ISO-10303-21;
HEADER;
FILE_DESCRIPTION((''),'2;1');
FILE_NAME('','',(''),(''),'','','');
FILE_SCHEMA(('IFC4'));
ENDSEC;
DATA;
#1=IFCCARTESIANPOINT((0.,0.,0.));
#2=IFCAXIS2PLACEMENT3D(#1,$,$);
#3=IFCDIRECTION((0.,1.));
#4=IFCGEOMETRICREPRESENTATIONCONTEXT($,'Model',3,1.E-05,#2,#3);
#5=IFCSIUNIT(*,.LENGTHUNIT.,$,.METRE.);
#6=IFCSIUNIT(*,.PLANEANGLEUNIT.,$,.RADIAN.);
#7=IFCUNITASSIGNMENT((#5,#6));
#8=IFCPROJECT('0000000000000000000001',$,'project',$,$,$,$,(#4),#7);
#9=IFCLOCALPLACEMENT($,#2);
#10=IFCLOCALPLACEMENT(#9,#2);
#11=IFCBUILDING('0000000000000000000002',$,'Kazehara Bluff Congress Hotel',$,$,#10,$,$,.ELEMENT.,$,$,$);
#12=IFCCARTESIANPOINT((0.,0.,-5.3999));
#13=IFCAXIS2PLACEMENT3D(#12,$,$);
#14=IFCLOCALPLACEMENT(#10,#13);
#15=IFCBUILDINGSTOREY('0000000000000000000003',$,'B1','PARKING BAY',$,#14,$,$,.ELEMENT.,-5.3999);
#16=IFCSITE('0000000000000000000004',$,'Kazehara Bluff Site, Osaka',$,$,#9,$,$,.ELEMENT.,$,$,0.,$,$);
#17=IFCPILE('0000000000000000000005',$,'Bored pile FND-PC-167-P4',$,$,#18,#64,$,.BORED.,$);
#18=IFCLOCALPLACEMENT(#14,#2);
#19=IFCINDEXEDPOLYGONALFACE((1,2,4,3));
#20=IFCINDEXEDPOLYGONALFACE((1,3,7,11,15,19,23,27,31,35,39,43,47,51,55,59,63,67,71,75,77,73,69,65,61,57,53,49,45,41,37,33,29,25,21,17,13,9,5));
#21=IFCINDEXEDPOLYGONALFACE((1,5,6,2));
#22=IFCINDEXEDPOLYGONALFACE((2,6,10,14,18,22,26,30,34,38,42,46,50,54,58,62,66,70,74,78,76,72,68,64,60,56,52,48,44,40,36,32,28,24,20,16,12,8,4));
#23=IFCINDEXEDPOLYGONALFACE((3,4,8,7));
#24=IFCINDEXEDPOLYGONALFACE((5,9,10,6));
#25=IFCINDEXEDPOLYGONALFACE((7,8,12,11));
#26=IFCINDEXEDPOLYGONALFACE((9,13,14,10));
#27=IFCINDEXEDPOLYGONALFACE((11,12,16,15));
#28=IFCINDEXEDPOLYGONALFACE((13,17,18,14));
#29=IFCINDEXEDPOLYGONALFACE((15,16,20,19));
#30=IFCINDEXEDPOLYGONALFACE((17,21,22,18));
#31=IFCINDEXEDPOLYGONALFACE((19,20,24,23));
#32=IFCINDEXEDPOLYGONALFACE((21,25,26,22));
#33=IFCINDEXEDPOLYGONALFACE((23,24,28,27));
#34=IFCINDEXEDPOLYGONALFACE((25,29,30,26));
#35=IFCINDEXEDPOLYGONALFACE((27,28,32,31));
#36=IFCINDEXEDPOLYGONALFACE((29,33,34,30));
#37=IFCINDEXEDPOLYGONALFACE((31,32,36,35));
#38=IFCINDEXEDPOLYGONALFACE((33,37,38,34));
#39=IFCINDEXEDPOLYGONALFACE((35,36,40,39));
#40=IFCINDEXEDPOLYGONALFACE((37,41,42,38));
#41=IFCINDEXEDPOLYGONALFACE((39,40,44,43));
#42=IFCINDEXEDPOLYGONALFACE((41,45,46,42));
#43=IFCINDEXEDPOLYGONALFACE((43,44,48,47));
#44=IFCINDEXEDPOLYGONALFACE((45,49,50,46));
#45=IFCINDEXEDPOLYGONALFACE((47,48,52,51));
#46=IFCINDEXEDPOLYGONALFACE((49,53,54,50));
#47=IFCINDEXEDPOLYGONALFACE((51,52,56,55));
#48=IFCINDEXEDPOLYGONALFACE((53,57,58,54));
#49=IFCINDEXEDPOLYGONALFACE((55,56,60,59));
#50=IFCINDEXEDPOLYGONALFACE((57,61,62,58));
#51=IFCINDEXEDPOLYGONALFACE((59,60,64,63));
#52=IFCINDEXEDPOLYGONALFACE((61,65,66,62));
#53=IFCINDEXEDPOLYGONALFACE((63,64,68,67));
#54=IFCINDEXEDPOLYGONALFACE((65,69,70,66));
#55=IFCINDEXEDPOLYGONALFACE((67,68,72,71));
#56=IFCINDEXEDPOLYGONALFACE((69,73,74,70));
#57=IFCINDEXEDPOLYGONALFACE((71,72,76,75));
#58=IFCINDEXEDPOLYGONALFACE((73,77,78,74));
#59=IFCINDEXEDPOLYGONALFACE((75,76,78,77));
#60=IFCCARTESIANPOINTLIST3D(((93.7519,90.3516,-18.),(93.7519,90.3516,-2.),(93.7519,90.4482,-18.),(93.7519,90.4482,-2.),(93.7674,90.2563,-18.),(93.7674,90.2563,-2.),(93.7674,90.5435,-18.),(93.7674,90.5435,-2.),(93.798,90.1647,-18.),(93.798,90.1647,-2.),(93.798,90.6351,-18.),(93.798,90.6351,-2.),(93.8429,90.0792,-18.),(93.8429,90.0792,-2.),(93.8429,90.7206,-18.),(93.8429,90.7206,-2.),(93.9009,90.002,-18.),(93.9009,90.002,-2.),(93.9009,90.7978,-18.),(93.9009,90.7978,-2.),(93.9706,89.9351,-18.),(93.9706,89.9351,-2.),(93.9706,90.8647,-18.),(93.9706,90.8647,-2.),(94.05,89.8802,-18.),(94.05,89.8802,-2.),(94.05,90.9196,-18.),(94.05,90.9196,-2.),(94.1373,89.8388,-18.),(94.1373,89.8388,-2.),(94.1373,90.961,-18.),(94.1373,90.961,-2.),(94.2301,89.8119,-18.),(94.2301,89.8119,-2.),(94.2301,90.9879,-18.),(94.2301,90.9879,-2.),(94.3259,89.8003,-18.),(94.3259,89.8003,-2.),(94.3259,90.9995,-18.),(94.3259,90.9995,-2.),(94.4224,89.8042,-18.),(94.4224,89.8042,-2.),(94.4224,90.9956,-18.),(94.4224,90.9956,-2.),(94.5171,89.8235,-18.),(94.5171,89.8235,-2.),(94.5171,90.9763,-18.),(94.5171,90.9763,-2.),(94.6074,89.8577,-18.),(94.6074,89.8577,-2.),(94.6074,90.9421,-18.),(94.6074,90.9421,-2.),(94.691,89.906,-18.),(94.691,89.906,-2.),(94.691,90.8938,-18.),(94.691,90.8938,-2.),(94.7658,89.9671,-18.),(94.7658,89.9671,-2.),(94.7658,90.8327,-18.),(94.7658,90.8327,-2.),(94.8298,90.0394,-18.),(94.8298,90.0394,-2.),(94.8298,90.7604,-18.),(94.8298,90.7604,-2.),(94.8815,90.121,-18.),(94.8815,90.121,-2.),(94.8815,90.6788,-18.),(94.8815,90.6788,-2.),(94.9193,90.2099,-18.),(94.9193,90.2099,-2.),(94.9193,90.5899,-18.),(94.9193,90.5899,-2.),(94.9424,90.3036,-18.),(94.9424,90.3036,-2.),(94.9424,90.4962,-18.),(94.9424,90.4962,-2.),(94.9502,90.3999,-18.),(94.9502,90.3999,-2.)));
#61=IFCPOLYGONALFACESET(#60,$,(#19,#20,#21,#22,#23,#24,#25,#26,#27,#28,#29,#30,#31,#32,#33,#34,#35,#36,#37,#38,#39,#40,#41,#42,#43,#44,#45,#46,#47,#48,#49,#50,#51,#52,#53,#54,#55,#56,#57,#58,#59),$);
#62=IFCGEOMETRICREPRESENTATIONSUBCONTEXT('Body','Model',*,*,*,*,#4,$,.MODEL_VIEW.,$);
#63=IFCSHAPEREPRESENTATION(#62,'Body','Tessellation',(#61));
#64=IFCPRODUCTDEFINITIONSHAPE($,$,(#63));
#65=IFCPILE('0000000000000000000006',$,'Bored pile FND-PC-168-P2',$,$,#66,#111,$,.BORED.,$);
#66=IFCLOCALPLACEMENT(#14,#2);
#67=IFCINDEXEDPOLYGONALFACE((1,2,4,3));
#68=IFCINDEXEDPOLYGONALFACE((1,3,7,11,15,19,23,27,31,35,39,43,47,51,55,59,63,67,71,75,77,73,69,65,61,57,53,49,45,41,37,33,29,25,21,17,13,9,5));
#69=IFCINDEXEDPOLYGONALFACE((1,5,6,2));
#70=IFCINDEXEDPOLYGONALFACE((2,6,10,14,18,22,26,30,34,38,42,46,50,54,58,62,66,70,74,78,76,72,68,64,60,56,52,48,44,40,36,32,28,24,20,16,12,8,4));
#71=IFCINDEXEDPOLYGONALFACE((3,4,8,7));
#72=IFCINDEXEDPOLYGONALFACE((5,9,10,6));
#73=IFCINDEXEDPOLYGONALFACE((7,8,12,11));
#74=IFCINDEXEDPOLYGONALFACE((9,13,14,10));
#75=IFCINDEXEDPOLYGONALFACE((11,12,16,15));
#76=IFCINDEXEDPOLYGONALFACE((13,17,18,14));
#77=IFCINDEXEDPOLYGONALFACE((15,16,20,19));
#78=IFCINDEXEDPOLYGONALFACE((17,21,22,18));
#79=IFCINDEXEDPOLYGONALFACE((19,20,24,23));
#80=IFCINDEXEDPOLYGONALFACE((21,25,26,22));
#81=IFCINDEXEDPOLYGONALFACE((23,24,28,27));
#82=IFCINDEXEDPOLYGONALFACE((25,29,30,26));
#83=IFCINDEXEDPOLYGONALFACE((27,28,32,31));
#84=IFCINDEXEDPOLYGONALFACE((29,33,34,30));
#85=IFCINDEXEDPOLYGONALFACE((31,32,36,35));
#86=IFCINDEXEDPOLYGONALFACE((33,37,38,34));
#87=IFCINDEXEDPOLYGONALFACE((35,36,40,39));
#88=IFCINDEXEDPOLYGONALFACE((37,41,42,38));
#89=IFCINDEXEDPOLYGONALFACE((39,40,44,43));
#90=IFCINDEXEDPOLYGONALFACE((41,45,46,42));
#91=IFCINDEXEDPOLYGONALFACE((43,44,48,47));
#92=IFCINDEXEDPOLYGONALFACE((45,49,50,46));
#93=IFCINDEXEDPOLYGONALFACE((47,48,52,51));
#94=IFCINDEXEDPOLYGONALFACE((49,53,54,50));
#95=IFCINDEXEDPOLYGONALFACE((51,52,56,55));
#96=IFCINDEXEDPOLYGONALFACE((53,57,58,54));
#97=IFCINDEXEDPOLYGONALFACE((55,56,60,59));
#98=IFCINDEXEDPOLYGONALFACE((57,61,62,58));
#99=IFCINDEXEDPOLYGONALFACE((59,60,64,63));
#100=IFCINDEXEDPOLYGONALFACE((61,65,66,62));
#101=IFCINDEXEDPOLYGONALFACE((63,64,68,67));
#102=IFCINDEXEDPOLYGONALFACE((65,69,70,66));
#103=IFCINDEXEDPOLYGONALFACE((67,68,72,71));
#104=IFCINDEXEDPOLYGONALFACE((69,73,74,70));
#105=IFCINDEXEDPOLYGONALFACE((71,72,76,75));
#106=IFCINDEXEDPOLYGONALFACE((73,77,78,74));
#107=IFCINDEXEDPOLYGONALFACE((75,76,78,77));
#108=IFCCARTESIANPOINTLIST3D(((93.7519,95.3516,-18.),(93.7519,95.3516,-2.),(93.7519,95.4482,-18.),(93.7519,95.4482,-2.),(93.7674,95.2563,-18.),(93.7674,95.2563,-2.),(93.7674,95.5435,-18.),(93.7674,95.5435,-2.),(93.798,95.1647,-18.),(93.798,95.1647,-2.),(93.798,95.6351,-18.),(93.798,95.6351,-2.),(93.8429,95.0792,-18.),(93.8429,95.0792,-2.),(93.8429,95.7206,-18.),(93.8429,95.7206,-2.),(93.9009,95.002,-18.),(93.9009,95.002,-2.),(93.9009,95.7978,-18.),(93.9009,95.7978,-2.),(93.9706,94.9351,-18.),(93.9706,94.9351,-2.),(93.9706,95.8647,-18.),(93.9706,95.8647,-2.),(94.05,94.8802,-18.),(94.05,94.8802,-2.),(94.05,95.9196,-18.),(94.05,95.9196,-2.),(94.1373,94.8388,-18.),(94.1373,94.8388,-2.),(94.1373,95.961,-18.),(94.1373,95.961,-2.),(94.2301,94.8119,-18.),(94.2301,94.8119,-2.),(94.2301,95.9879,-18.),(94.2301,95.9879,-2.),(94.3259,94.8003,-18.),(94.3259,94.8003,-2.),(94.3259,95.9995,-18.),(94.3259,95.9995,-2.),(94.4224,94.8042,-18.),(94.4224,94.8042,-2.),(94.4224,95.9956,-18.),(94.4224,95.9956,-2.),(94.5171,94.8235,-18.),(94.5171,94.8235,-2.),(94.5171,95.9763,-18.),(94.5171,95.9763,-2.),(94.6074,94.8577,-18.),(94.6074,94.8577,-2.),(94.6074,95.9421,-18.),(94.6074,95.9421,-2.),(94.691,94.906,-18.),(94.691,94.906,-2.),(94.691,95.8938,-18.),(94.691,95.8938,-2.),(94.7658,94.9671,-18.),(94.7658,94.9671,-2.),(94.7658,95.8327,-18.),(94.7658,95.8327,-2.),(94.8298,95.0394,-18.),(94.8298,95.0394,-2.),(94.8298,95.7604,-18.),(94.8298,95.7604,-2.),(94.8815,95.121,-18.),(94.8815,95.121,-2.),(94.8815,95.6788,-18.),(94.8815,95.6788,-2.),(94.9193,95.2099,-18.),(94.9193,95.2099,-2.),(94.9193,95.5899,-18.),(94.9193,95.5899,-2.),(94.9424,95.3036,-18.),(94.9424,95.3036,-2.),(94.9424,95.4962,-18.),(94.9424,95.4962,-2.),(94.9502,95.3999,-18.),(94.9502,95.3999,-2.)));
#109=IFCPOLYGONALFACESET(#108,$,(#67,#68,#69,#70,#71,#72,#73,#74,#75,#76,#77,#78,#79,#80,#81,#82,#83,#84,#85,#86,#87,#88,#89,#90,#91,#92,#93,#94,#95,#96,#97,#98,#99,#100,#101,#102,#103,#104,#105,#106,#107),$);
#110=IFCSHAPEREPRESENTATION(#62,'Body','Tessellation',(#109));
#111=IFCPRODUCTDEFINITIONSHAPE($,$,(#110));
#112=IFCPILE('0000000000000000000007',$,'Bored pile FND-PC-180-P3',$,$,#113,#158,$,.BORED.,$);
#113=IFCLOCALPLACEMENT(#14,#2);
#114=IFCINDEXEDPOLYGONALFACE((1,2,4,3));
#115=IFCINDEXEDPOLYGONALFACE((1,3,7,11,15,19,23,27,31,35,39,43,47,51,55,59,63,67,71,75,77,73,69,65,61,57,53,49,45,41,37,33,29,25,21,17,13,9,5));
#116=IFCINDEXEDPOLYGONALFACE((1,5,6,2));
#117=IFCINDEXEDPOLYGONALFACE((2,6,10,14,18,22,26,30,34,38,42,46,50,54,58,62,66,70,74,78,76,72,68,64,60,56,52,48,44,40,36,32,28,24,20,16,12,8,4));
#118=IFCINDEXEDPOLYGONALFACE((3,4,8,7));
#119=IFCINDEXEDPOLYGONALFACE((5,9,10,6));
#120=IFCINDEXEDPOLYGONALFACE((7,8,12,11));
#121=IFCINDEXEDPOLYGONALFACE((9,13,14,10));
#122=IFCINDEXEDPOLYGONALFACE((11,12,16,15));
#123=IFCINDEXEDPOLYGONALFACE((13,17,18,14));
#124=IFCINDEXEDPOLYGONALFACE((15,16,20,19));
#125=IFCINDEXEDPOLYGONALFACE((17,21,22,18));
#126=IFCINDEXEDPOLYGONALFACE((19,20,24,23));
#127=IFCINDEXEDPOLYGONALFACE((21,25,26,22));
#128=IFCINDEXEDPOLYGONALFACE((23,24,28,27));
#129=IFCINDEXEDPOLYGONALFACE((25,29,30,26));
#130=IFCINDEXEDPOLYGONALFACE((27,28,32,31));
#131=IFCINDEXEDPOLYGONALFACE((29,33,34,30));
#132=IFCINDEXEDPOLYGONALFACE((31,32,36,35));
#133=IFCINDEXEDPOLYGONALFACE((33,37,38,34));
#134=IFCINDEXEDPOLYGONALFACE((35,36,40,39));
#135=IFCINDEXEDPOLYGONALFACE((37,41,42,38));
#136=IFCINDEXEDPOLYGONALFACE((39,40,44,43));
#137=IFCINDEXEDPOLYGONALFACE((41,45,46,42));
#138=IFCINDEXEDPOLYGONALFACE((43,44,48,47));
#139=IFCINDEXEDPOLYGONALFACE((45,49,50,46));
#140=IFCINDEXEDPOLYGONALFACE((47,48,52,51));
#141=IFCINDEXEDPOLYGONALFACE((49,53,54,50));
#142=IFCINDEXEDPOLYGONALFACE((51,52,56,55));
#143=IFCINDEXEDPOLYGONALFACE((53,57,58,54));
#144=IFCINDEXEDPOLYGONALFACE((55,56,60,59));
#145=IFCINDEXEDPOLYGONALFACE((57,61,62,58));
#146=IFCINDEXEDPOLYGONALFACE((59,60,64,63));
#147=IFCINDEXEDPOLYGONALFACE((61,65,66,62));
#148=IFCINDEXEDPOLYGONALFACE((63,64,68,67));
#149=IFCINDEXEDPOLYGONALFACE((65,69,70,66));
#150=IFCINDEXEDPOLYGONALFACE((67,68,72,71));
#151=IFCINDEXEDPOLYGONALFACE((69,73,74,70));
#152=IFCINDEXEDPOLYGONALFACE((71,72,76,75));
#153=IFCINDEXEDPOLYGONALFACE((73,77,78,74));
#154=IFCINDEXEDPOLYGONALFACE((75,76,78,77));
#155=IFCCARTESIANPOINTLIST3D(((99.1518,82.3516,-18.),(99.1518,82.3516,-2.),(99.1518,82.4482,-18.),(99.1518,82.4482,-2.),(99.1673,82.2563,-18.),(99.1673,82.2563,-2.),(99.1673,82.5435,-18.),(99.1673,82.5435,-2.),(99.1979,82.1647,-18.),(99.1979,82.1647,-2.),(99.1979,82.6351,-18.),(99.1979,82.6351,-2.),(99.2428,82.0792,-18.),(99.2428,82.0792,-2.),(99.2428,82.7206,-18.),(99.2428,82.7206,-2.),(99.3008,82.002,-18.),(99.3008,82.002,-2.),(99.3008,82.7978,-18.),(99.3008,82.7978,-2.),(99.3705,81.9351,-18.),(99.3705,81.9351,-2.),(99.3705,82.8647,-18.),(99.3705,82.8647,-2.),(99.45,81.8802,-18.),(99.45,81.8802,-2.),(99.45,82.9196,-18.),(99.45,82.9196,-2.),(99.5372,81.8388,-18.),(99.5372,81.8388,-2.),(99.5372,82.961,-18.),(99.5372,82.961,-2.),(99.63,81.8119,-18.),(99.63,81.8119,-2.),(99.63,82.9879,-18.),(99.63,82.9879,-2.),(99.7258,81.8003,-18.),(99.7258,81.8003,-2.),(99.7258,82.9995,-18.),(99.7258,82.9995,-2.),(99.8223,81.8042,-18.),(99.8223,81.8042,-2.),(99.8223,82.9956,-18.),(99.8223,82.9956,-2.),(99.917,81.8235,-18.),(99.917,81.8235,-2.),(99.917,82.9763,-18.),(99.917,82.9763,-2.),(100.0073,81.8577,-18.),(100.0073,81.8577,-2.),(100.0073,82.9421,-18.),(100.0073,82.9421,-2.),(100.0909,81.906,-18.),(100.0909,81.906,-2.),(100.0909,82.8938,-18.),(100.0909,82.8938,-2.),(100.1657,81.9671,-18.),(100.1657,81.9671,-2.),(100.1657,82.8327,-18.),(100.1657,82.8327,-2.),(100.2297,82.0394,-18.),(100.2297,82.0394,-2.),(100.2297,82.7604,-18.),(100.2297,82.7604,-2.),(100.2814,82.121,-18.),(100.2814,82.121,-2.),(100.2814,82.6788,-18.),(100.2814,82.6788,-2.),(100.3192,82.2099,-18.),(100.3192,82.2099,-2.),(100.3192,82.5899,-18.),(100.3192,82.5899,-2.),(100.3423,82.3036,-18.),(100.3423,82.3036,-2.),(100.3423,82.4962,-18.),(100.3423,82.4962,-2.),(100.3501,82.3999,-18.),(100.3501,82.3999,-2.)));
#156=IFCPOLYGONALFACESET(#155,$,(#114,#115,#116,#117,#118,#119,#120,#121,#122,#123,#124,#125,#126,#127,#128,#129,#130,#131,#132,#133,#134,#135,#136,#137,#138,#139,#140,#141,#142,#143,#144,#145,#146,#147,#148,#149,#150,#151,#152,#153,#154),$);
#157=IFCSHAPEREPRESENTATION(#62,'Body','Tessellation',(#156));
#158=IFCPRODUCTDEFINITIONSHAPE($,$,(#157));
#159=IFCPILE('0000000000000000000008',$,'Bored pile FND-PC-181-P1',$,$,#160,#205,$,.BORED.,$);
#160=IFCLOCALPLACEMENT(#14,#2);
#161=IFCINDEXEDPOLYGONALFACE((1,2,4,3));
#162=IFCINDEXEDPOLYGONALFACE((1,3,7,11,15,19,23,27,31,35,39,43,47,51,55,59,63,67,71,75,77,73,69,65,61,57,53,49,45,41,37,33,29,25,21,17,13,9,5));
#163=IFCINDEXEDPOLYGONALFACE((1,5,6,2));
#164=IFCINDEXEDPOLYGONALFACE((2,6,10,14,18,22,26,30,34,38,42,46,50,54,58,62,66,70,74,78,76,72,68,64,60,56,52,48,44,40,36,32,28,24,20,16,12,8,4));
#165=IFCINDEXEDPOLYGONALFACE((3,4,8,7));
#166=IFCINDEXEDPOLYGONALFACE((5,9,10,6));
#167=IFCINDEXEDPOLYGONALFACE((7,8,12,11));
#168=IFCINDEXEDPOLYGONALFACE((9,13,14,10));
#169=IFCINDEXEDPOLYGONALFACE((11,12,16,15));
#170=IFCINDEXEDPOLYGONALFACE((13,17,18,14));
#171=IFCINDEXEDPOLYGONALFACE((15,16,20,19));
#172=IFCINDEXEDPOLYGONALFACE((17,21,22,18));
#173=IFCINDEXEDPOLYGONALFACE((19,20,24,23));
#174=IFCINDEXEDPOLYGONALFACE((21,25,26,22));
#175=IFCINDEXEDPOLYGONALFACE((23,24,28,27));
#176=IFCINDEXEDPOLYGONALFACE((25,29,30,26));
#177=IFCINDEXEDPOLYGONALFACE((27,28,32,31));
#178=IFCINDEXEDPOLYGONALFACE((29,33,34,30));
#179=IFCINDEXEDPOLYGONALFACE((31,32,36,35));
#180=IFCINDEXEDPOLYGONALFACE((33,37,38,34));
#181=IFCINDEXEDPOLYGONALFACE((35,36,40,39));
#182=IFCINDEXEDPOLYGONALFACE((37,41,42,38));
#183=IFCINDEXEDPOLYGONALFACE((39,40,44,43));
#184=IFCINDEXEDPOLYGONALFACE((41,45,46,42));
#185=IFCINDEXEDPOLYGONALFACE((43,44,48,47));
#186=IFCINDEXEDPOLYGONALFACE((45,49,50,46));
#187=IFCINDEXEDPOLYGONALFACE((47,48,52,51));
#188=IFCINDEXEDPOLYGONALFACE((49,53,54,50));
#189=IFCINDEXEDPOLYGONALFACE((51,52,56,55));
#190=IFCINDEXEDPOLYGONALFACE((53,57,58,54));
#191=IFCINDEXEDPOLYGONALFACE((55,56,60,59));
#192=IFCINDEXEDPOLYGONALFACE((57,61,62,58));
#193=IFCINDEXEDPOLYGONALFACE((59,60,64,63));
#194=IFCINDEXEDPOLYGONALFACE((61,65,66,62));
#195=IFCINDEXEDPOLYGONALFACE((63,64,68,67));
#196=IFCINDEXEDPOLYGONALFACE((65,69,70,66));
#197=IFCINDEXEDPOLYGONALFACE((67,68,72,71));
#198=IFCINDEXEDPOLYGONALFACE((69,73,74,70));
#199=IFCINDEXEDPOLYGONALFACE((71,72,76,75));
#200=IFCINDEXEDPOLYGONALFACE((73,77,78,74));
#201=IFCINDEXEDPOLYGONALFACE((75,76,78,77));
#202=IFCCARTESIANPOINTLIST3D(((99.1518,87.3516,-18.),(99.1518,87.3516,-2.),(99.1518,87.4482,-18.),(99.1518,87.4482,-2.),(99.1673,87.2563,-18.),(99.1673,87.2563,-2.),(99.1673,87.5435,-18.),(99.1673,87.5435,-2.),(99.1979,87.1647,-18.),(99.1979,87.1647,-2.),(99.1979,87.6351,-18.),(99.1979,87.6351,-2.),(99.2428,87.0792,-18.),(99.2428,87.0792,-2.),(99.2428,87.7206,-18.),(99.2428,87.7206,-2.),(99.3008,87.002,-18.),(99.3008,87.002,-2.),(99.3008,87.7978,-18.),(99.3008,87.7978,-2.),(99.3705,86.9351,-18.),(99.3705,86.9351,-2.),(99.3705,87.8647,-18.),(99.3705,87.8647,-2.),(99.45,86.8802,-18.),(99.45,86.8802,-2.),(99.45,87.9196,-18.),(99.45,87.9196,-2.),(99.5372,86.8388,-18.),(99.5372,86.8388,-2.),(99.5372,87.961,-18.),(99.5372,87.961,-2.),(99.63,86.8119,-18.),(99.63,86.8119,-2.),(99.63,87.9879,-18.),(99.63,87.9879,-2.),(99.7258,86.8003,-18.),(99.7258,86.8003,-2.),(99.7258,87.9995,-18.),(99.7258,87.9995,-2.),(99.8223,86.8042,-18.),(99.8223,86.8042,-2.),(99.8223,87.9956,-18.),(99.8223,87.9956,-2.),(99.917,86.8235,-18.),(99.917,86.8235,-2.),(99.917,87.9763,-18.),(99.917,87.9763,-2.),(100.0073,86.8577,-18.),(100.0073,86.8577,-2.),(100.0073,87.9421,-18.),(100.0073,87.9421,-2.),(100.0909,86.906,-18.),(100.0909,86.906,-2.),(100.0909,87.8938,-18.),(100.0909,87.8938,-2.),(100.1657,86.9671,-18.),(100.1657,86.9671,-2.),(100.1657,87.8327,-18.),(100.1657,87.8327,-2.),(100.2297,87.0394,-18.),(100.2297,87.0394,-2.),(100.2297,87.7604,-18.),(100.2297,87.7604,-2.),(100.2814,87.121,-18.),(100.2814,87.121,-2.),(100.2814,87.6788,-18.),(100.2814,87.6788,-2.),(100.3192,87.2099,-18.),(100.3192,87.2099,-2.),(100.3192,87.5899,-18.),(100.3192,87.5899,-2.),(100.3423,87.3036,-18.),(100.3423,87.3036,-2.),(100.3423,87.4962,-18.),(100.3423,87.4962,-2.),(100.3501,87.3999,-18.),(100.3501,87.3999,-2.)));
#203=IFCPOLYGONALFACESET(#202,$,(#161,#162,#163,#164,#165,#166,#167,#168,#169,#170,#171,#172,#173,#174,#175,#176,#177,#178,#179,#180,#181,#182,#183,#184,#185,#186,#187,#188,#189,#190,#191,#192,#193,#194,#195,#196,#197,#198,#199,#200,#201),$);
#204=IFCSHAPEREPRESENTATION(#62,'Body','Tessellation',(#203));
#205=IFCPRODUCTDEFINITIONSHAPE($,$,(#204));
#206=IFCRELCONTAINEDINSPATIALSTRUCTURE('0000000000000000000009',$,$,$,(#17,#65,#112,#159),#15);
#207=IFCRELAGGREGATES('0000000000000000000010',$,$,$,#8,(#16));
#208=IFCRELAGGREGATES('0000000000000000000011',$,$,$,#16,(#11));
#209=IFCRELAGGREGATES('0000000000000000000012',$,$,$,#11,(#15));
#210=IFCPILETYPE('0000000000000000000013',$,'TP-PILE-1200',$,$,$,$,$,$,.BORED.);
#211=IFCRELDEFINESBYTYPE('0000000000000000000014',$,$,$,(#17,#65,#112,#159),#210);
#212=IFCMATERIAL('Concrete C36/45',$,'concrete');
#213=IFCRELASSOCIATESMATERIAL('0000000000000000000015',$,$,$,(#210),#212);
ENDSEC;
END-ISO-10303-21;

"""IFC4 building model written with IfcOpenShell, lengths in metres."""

from ifc_helpers import new_model, si_unit, direction, frame, origin, origin_2d, place, context, subcontext, project, spatial, circle, extrude, material, material_profile, profile_set, type_object, element, save


model = new_model("IFC4")

# Units and contexts
model_context = context("Model", 3, precision=1e-05, world=origin(), true_north=direction((0.0, 1.0)))
body_context = subcontext(model_context, "Body", "Model", "MODEL_VIEW")
ifc_project = project(units=[si_unit("LENGTHUNIT", "METRE"), si_unit("PLANEANGLEUNIT", "RADIAN")], contexts=[model_context])

# Site, building, storey
site_placement = place(None, origin())
site = spatial("IfcSite", under=ifc_project, at=site_placement, Name="Kazehara Bluff Site, Osaka", CompositionType="ELEMENT", RefElevation=0.0)
building_placement = place(site_placement, origin())
building = spatial("IfcBuilding", under=site, at=building_placement, Name="Kazehara Bluff Congress Hotel", CompositionType="ELEMENT")
storey_placement = place(building_placement, frame((0.0, 0.0, -5.3999)))
storey = spatial("IfcBuildingStorey", under=building, at=storey_placement, Name="B1", Description="PARKING BAY", CompositionType="ELEMENT", Elevation=-5.3999)

# Piles
ifc_material_1 = material(Name="Concrete C36/45", Category="concrete")
ifc_material_profile_1 = material_profile(ifc_material_1, circle(Radius=0.6001, at=origin_2d()))
ifc_profile_set_1 = profile_set([ifc_material_profile_1], Name="Concrete C36/45")
pile_type = type_object("IfcPileType", Name="TP-PILE-1200", PredefinedType="BORED", material=ifc_profile_set_1)
for number, where, z_axis, x_axis, name in (
    (1, (94.3501, 90.3999, -2.0), (0.0, 0.0, -1.0), (1.0, 0.0, 0.0), "Bored pile FND-PC-167-P4"),
    (2, (94.3501, 95.3999, -2.0), (0.0, 0.0, -1.0), (1.0, 0.0, 0.0), "Bored pile FND-PC-168-P2"),
    (3, (99.75, 82.3999, -2.0), (0.0, 0.0, -1.0), (1.0, 0.0, 0.0), "Bored pile FND-PC-180-P3"),
    (4, (99.75, 87.3999, -2.0), (0.0, 0.0, -1.0), (1.0, 0.0, 0.0), "Bored pile FND-PC-181-P1"),
):
    element("IfcPile", number, at=place(storey_placement, frame(where, z_axis=z_axis, x_axis=x_axis)), inside=storey, type_object=pile_type, Name=name, PredefinedType="BORED", context=body_context, shape_type="SweptSolid", body=[
        extrude(circle(Radius=0.6001, at=origin_2d()), origin(), (0.0, 0.0, 1.0), 16.0),
    ])

save(model, "model.ifc")
